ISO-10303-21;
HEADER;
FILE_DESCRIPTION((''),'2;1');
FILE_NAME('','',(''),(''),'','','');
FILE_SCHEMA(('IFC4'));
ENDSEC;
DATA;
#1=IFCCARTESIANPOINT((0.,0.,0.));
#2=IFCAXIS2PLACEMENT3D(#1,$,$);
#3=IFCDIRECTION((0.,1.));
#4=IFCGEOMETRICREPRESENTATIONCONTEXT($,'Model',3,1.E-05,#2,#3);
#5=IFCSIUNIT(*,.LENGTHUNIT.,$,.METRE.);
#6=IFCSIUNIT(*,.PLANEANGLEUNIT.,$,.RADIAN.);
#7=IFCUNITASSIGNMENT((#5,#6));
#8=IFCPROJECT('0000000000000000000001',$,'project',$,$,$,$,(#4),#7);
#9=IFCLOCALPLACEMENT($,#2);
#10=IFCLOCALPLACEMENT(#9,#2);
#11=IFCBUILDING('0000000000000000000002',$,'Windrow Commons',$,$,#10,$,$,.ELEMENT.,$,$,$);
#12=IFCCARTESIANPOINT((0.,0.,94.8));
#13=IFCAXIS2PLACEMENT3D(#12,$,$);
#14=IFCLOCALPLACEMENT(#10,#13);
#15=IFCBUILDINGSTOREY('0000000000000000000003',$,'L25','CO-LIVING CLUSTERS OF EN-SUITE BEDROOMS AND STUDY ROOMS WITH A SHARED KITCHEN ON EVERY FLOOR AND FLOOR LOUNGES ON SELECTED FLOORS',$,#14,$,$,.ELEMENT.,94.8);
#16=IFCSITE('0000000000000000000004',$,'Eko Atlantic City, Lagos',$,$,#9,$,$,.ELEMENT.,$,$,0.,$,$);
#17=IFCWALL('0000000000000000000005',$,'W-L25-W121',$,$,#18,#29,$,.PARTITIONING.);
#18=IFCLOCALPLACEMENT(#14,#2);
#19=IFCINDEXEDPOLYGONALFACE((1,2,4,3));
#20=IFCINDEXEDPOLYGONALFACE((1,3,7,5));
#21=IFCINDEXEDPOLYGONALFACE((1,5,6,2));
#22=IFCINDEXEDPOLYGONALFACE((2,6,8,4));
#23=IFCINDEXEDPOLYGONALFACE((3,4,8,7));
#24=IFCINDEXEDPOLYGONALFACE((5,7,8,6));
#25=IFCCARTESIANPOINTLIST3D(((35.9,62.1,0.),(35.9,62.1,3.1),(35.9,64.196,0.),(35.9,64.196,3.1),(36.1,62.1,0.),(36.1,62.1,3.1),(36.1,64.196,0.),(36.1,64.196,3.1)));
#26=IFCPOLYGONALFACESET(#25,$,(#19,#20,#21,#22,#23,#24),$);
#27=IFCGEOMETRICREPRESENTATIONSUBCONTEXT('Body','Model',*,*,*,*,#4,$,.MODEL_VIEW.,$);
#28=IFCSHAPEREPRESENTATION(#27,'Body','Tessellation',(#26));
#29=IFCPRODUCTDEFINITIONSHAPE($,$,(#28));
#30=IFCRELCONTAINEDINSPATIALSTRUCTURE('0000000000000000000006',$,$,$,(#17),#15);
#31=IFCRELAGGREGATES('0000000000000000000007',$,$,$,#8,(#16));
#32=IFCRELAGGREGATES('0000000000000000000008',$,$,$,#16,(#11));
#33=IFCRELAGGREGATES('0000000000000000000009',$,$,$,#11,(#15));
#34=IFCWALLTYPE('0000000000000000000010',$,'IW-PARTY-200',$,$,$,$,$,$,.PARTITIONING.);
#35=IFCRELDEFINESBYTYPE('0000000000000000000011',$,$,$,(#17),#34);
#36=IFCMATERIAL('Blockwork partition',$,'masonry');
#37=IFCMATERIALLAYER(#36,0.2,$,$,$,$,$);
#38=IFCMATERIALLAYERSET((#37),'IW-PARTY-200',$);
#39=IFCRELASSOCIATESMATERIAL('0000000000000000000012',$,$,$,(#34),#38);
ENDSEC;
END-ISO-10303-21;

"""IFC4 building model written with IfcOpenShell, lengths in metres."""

from ifc_helpers import new_model, si_unit, direction, frame, frame_2d, origin, place, context, subcontext, project, spatial, rectangle, extrude, material, layer, layer_set, type_object, element, save


model = new_model("IFC4")

# Units and contexts
model_context = context("Model", 3, precision=1e-05, world=origin(), true_north=direction((0.0, 1.0)))
body_context = subcontext(model_context, "Body", "Model", "MODEL_VIEW")
ifc_project = project(units=[si_unit("LENGTHUNIT", "METRE"), si_unit("PLANEANGLEUNIT", "RADIAN")], contexts=[model_context])

# Site, building, storey
site_placement = place(None, origin())
site = spatial("IfcSite", under=ifc_project, at=site_placement, Name="Eko Atlantic City, Lagos", CompositionType="ELEMENT", RefElevation=0.0)
building_placement = place(site_placement, origin())
building = spatial("IfcBuilding", under=site, at=building_placement, Name="Windrow Commons", CompositionType="ELEMENT")
storey_placement = place(building_placement, frame((0.0, 0.0, 94.8)))
storey = spatial("IfcBuildingStorey", under=building, at=storey_placement, Name="L25", Description="CO-LIVING CLUSTERS OF EN-SUITE BEDROOMS AND STUDY ROOMS WITH A SHARED KITCHEN ON EVERY FLOOR AND FLOOR LOUNGES ON SELECTED FLOORS", CompositionType="ELEMENT", Elevation=94.8)

# Wall
ifc_material_1 = material(Name="Blockwork partition", Category="masonry")
ifc_layer_1 = layer(ifc_material_1, 0.2)
ifc_layer_set_1 = layer_set([ifc_layer_1], Name="IW-PARTY-200")
wall_type_1 = type_object("IfcWallType", Name="IW-PARTY-200", PredefinedType="PARTITIONING", material=ifc_layer_set_1)
wall_1_placement = place(storey_placement, frame((36.0, 62.1, 0.0), z_axis=(0.0, 0.0, 1.0), x_axis=(0.0, 1.0, 0.0)))
element("IfcWall", 1, at=wall_1_placement, inside=storey, type_object=wall_type_1, Name="W-L25-W121", PredefinedType="PARTITIONING", context=body_context, shape_type="SweptSolid", body=[
    extrude(rectangle(XDim=2.096, YDim=0.2, at=frame_2d((1.048, 0.0))), origin(), (0.0, 0.0, 1.0), 3.1),
])

save(model, "model.ifc")
